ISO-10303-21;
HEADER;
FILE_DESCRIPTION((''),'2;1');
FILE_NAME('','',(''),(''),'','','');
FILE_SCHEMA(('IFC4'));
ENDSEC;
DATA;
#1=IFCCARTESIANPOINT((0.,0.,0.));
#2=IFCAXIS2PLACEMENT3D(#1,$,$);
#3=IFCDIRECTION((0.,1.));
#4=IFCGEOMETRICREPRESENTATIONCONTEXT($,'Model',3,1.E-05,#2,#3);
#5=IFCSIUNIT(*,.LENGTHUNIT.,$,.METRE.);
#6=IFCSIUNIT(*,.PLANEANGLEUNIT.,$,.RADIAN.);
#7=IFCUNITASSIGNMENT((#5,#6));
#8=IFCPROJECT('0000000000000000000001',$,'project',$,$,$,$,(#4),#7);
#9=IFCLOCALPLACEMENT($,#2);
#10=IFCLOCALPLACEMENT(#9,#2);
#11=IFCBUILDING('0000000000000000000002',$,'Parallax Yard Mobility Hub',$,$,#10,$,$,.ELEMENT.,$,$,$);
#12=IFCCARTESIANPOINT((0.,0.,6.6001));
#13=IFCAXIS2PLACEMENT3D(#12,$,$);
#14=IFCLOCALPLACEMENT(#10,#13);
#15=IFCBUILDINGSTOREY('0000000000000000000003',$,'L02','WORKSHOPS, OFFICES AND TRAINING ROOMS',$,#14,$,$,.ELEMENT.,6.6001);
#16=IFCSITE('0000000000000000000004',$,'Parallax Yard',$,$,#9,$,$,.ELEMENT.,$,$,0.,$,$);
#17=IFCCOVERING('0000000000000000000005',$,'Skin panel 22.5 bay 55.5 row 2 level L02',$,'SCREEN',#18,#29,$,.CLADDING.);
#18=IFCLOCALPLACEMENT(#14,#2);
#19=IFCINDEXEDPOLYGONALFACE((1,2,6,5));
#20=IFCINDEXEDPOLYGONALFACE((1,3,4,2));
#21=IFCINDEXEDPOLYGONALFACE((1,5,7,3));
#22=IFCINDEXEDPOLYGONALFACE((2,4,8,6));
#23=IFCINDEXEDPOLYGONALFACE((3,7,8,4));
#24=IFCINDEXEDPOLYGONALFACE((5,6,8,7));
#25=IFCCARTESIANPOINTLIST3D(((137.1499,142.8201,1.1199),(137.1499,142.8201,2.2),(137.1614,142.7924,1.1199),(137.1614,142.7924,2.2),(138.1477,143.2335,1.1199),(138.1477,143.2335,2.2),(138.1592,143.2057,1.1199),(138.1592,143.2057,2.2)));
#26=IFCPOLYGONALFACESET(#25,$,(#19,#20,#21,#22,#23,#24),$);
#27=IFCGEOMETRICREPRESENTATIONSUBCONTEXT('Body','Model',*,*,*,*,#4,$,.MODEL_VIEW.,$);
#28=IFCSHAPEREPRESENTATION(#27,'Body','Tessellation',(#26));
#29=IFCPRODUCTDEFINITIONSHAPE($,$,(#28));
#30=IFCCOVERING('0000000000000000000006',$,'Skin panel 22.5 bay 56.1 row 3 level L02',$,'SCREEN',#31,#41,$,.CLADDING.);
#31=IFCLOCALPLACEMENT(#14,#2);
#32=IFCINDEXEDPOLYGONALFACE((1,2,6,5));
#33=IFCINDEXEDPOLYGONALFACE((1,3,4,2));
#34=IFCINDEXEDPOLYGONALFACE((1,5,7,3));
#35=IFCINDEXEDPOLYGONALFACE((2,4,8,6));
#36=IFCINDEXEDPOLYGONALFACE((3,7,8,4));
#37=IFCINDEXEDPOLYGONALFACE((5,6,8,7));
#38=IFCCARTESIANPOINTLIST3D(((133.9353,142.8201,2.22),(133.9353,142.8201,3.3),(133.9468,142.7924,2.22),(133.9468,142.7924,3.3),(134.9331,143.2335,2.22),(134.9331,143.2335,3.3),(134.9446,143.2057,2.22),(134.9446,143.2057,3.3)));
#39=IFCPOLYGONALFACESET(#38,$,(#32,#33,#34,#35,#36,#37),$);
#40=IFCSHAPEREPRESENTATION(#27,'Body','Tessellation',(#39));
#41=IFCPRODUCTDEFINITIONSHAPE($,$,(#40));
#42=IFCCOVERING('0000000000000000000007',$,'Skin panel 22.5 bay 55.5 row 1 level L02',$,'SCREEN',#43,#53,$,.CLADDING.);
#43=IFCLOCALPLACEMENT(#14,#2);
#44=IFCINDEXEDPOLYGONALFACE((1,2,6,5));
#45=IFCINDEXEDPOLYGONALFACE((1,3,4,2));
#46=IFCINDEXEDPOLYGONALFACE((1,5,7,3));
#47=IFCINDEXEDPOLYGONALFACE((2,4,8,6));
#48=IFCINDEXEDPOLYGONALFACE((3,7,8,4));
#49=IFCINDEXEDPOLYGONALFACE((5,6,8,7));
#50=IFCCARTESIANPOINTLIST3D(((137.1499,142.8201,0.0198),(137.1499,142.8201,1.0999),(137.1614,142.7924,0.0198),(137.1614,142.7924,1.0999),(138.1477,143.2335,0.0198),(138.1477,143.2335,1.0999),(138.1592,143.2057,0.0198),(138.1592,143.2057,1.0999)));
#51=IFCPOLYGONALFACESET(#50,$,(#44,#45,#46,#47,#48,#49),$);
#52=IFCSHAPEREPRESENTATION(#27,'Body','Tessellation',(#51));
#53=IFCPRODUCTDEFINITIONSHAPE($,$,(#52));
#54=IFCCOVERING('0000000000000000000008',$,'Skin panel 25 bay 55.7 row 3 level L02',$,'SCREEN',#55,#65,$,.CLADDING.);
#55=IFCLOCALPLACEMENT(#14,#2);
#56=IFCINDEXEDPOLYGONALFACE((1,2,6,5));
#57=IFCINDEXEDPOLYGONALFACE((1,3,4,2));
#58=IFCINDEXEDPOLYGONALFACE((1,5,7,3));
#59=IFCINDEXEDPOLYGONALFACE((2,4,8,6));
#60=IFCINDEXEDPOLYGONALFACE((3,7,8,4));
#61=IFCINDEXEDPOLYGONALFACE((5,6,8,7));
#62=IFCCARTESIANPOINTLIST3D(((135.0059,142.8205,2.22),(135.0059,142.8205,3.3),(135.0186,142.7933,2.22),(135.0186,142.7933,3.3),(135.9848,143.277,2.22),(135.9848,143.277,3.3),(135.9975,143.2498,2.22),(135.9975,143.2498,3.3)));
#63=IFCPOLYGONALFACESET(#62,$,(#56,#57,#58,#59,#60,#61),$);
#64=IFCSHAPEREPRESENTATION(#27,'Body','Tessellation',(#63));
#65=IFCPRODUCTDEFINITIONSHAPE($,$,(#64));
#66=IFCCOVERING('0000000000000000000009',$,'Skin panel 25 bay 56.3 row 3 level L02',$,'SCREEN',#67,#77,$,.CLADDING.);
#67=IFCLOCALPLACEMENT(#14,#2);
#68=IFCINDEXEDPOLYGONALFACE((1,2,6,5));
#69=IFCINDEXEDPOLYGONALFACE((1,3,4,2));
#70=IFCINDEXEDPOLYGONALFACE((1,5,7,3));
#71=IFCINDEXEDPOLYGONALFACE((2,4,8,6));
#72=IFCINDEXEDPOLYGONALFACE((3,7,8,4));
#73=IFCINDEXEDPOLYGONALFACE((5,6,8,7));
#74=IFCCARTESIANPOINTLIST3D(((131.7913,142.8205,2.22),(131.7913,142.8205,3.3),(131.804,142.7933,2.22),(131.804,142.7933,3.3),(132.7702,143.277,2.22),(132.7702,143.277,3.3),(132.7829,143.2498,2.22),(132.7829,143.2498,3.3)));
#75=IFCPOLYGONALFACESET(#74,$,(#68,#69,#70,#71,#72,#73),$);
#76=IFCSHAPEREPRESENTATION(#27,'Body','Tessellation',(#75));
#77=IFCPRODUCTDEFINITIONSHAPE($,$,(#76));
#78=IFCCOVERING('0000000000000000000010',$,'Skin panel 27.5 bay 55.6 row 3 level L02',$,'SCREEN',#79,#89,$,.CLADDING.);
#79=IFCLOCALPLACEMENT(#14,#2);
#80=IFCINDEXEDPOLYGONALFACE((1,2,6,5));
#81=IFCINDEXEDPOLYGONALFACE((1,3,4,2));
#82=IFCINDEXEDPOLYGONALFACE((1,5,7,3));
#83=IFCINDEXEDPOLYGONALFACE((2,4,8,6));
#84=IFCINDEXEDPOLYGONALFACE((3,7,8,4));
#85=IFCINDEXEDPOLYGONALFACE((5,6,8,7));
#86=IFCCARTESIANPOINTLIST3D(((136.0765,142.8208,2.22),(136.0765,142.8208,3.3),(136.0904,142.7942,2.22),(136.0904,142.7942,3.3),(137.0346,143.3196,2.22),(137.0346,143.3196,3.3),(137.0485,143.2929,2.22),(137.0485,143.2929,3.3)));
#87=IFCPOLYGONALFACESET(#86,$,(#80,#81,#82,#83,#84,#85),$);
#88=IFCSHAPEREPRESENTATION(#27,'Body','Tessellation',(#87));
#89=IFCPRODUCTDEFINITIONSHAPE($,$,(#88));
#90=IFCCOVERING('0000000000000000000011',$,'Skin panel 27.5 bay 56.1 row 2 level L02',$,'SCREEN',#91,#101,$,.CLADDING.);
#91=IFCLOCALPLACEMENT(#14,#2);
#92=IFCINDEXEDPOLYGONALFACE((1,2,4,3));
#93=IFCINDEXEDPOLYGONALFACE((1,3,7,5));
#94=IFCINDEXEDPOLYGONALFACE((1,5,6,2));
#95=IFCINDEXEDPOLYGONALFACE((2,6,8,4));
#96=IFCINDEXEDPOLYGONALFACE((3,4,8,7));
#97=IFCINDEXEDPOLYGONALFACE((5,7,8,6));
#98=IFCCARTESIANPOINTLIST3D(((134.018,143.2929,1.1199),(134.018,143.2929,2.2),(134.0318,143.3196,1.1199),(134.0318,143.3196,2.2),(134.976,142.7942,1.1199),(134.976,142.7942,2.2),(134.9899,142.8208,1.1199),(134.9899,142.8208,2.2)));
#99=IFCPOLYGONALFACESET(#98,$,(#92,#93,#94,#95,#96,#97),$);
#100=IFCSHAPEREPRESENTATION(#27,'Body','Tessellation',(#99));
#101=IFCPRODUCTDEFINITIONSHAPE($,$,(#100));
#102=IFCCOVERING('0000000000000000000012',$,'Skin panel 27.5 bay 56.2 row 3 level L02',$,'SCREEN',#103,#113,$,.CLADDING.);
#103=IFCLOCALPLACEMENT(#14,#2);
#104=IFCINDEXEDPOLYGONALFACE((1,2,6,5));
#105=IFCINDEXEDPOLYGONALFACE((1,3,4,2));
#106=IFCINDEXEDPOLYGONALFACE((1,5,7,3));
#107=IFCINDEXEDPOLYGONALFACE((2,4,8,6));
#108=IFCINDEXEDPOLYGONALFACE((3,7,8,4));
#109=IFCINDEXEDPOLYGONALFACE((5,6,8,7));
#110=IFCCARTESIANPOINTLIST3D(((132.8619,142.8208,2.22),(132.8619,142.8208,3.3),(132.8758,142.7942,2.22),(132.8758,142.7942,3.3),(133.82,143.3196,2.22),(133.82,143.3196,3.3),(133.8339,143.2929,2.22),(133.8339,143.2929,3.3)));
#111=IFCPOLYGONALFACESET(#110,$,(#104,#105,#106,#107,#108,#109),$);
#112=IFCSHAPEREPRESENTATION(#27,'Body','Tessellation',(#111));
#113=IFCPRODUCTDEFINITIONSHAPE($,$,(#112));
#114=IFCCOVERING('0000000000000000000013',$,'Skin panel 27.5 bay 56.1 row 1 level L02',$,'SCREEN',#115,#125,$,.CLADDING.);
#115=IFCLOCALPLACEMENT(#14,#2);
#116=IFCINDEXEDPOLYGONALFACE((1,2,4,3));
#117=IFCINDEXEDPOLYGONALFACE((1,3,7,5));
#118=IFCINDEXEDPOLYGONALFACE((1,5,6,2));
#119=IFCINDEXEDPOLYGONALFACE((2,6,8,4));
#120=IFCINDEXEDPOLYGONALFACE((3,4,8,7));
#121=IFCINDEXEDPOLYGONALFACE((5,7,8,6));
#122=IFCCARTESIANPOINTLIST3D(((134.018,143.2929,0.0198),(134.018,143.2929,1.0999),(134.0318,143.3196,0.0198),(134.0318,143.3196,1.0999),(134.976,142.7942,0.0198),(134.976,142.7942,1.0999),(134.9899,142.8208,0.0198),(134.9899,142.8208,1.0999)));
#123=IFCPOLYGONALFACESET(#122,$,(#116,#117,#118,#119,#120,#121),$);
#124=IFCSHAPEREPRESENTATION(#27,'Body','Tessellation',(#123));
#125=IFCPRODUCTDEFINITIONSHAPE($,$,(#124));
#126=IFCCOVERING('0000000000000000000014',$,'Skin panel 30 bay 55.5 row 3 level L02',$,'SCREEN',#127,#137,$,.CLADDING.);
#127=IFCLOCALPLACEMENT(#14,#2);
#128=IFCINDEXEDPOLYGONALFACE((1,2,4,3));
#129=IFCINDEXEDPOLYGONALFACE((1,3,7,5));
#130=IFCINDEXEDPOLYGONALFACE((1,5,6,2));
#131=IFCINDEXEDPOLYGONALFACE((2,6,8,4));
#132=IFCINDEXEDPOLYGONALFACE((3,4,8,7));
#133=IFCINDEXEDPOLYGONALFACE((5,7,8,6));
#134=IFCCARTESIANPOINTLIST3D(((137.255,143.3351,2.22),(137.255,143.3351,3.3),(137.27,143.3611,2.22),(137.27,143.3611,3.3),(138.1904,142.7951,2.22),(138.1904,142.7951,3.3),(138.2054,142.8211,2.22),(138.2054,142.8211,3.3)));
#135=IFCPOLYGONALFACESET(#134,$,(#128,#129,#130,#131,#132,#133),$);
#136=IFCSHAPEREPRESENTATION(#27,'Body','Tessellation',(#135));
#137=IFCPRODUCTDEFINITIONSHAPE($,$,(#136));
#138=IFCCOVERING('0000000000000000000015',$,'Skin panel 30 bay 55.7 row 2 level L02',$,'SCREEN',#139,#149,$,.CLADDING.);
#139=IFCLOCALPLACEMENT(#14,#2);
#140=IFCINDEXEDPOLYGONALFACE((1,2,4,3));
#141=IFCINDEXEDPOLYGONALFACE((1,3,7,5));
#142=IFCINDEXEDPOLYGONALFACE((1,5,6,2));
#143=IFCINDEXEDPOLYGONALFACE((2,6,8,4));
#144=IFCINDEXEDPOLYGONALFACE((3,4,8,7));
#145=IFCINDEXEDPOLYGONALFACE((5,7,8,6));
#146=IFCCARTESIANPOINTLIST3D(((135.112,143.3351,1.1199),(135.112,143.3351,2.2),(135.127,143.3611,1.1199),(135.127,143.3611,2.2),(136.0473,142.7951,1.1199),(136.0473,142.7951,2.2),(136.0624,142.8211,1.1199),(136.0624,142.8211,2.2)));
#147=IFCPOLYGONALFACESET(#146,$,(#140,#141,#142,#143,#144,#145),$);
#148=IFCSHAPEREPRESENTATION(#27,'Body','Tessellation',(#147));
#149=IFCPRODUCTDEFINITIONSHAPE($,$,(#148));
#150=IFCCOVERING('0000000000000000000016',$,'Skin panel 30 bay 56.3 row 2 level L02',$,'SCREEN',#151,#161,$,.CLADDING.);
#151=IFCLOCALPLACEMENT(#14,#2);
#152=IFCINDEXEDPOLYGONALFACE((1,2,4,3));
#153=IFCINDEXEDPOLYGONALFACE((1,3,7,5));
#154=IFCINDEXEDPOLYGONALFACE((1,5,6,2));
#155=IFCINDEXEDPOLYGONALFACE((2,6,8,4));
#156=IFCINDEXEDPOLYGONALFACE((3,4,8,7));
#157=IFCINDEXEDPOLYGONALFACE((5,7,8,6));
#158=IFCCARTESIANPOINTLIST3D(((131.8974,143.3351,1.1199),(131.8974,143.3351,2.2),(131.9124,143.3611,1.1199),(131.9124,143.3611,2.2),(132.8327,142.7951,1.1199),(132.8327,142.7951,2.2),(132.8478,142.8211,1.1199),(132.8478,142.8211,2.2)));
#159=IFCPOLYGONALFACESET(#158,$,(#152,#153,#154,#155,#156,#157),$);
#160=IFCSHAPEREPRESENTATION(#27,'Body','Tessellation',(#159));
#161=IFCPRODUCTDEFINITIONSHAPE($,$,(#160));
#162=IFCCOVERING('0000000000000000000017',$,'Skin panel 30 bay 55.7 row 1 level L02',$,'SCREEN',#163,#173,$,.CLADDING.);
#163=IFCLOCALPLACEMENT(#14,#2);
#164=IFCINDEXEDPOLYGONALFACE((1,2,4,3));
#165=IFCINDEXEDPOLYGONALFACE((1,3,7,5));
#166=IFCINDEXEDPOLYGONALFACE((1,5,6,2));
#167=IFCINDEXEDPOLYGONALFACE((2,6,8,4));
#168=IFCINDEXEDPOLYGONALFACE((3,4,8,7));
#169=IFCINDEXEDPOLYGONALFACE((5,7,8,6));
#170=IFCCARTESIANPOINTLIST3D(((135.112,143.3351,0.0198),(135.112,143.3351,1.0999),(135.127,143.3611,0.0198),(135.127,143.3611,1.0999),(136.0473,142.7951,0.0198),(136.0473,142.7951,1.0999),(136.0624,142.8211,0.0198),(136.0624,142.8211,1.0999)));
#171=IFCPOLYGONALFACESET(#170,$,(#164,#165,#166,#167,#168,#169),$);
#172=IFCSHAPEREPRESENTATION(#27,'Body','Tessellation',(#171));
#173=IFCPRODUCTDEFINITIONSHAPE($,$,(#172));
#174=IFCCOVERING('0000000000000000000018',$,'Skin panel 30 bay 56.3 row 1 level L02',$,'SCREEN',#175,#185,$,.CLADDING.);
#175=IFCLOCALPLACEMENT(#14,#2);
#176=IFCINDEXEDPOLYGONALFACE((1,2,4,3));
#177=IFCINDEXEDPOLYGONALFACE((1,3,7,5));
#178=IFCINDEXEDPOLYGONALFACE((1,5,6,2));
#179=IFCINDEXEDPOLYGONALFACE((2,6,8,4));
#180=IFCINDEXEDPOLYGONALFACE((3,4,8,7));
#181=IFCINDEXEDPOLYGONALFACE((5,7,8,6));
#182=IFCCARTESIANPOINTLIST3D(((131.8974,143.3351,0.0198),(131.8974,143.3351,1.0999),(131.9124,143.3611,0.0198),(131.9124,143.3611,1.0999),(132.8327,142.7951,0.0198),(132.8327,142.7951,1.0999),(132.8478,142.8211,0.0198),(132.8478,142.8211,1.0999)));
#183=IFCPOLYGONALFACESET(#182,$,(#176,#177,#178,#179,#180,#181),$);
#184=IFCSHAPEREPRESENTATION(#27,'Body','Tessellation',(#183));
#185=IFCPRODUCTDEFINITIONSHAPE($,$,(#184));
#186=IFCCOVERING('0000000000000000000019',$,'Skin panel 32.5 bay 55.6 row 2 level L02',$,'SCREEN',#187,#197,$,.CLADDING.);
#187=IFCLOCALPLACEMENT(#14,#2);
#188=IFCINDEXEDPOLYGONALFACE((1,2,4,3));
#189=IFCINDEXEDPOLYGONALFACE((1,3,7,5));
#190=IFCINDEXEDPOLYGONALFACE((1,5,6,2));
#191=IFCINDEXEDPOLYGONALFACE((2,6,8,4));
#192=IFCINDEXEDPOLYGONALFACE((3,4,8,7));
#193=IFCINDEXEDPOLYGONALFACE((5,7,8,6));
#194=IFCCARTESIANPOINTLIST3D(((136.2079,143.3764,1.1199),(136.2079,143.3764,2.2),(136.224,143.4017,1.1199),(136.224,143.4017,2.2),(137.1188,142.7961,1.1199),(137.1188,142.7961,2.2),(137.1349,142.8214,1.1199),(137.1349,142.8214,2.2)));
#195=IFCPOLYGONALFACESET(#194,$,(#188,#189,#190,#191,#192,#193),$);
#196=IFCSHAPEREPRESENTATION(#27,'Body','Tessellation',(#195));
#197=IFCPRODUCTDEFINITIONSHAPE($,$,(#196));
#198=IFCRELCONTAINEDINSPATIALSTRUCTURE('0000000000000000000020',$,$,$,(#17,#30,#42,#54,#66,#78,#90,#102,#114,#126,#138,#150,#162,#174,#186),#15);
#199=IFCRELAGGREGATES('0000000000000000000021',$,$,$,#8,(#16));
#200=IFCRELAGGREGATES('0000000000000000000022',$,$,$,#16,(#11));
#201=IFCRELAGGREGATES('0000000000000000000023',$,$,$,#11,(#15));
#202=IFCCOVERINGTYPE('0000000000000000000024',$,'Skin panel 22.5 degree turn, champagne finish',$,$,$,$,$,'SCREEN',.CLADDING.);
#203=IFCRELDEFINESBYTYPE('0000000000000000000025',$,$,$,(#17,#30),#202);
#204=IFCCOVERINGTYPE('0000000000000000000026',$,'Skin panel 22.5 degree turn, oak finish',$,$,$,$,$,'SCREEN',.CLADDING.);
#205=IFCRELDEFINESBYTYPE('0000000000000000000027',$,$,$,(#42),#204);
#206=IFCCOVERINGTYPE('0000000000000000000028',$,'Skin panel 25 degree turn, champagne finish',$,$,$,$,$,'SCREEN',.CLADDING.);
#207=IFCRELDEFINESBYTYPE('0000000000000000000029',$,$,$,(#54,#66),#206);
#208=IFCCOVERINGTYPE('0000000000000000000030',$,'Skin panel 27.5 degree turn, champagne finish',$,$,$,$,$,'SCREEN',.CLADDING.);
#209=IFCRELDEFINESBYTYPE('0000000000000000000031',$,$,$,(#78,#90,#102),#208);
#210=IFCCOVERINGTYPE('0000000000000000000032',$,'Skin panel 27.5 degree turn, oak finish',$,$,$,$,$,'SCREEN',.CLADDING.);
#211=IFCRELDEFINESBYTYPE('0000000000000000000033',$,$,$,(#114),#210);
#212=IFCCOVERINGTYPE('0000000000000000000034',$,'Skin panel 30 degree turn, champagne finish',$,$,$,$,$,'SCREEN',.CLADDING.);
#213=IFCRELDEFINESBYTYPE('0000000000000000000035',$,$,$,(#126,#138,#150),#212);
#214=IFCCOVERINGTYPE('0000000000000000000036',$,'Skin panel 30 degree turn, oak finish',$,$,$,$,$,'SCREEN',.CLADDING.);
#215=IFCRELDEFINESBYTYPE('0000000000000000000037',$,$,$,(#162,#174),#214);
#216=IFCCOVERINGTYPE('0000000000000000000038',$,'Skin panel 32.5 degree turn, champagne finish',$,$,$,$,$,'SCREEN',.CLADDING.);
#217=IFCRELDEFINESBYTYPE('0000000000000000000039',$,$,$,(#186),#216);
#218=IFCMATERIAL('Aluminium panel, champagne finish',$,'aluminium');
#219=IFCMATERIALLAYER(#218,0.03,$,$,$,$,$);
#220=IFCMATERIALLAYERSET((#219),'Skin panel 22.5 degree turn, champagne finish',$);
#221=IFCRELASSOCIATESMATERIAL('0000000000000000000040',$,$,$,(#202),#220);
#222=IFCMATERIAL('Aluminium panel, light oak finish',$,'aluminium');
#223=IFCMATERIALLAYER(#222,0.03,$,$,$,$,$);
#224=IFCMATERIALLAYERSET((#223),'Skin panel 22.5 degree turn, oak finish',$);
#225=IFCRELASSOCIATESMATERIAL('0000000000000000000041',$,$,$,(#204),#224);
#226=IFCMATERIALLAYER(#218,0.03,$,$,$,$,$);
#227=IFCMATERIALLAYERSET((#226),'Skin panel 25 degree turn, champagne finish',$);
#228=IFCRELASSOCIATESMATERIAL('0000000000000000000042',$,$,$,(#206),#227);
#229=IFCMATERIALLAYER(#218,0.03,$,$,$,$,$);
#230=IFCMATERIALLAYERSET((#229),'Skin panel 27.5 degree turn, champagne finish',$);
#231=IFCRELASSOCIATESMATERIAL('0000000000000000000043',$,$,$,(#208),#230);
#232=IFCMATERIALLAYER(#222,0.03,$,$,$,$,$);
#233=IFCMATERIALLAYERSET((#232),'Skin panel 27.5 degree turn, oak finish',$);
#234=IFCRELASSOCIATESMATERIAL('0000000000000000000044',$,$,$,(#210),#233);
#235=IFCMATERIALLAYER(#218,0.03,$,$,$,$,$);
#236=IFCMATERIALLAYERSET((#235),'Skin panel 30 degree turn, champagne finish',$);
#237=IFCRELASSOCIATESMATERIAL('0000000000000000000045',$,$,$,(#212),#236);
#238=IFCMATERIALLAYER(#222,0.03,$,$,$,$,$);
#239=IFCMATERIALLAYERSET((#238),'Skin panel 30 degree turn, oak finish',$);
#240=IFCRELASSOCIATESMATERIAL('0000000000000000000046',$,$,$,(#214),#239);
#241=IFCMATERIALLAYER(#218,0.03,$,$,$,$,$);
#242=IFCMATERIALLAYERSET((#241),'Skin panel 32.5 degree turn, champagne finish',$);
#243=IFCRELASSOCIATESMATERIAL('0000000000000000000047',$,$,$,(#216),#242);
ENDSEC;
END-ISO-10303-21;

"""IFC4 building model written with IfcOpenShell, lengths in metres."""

from ifc_helpers import new_model, si_unit, direction, frame, origin, origin_2d, place, context, subcontext, project, spatial, rectangle, extrude, material, layer, layer_set, type_object, element, save


model = new_model("IFC4")

# Units and contexts
model_context = context("Model", 3, precision=1e-05, world=origin(), true_north=direction((0.0, 1.0)))
body_context = subcontext(model_context, "Body", "Model", "MODEL_VIEW")
ifc_project = project(units=[si_unit("LENGTHUNIT", "METRE"), si_unit("PLANEANGLEUNIT", "RADIAN")], contexts=[model_context])

# Site, building, storey
site_placement = place(None, origin())
site = spatial("IfcSite", under=ifc_project, at=site_placement, Name="Parallax Yard", CompositionType="ELEMENT", RefElevation=0.0)
building_placement = place(site_placement, origin())
building = spatial("IfcBuilding", under=site, at=building_placement, Name="Parallax Yard Mobility Hub", CompositionType="ELEMENT")
storey_placement = place(building_placement, frame((0.0, 0.0, 6.6001)))
storey = spatial("IfcBuildingStorey", under=building, at=storey_placement, Name="L02", Description="WORKSHOPS, OFFICES AND TRAINING ROOMS", CompositionType="ELEMENT", Elevation=6.6001)

# Coverings
ifc_material_1 = material(Name="Aluminium panel, champagne finish", Category="aluminium")
ifc_layer_1 = layer(ifc_material_1, 0.03)
ifc_layer_set_1 = layer_set([ifc_layer_1], Name="Skin panel 22.5 degree turn, champagne finish")
covering_type_1 = type_object("IfcCoveringType", Name="Skin panel 22.5 degree turn, champagne finish", ElementType="SCREEN", PredefinedType="CLADDING", material=ifc_layer_set_1)
for number, where, z_axis, x_axis, name in (
    (1, (137.6545, 143.0129, 1.1199), (0.0, 0.0, 1.0), (0.92388, 0.382683, 0.0), "Skin panel 22.5 bay 55.5 row 2 level L02"),
    (2, (134.4399, 143.0129, 2.22), (0.0, 0.0, 1.0), (0.92388, 0.382683, 0.0), "Skin panel 22.5 bay 56.1 row 3 level L02"),
):
    element("IfcCovering", number, at=place(storey_placement, frame(where, z_axis=z_axis, x_axis=x_axis)), inside=storey, type_object=covering_type_1, Name=name, ObjectType="SCREEN", PredefinedType="CLADDING", context=body_context, shape_type="SweptSolid", body=[
        extrude(rectangle(XDim=1.0801, YDim=0.03, at=origin_2d()), origin(), (0.0, 0.0, 1.0), 1.0801),
    ])
ifc_material_2 = material(Name="Aluminium panel, light oak finish", Category="aluminium")
ifc_layer_2 = layer(ifc_material_2, 0.03)
ifc_layer_set_2 = layer_set([ifc_layer_2], Name="Skin panel 22.5 degree turn, oak finish")
covering_type_2 = type_object("IfcCoveringType", Name="Skin panel 22.5 degree turn, oak finish", ElementType="SCREEN", PredefinedType="CLADDING", material=ifc_layer_set_2)
covering_1_placement = place(storey_placement, frame((137.6545, 143.0129, 0.0198), z_axis=(0.0, 0.0, 1.0), x_axis=(0.92388, 0.382683, 0.0)))
element("IfcCovering", 3, at=covering_1_placement, inside=storey, type_object=covering_type_2, Name="Skin panel 22.5 bay 55.5 row 1 level L02", ObjectType="SCREEN", PredefinedType="CLADDING", context=body_context, shape_type="SweptSolid", body=[
    extrude(rectangle(XDim=1.0801, YDim=0.03, at=origin_2d()), origin(), (0.0, 0.0, 1.0), 1.0801),
])
ifc_layer_3 = layer(ifc_material_1, 0.03)
ifc_layer_set_3 = layer_set([ifc_layer_3], Name="Skin panel 25 degree turn, champagne finish")
covering_type_3 = type_object("IfcCoveringType", Name="Skin panel 25 degree turn, champagne finish", ElementType="SCREEN", PredefinedType="CLADDING", material=ifc_layer_set_3)
for number, where, z_axis, x_axis, name in (
    (4, (135.5017, 143.0352, 2.22), (0.0, 0.0, 1.0), (0.906308, 0.422618, 0.0), "Skin panel 25 bay 55.7 row 3 level L02"),
    (5, (132.2871, 143.0352, 2.22), (0.0, 0.0, 1.0), (0.906308, 0.422618, 0.0), "Skin panel 25 bay 56.3 row 3 level L02"),
):
    element("IfcCovering", number, at=place(storey_placement, frame(where, z_axis=z_axis, x_axis=x_axis)), inside=storey, type_object=covering_type_3, Name=name, ObjectType="SCREEN", PredefinedType="CLADDING", context=body_context, shape_type="SweptSolid", body=[
        extrude(rectangle(XDim=1.0801, YDim=0.03, at=origin_2d()), origin(), (0.0, 0.0, 1.0), 1.0801),
    ])
ifc_layer_4 = layer(ifc_material_1, 0.03)
ifc_layer_set_4 = layer_set([ifc_layer_4], Name="Skin panel 27.5 degree turn, champagne finish")
covering_type_4 = type_object("IfcCoveringType", Name="Skin panel 27.5 degree turn, champagne finish", ElementType="SCREEN", PredefinedType="CLADDING", material=ifc_layer_set_4)
for number, where, z_axis, x_axis, name in (
    (6, (136.5625, 143.0569, 2.22), (0.0, 0.0, 1.0), (0.887011, 0.461749, 0.0), "Skin panel 27.5 bay 55.6 row 3 level L02"),
    (7, (134.5039, 143.0569, 1.1199), (0.0, 0.0, 1.0), (-0.887011, 0.461749, 0.0), "Skin panel 27.5 bay 56.1 row 2 level L02"),
    (8, (133.3479, 143.0569, 2.22), (0.0, 0.0, 1.0), (0.887011, 0.461749, 0.0), "Skin panel 27.5 bay 56.2 row 3 level L02"),
):
    element("IfcCovering", number, at=place(storey_placement, frame(where, z_axis=z_axis, x_axis=x_axis)), inside=storey, type_object=covering_type_4, Name=name, ObjectType="SCREEN", PredefinedType="CLADDING", context=body_context, shape_type="SweptSolid", body=[
        extrude(rectangle(XDim=1.0801, YDim=0.03, at=origin_2d()), origin(), (0.0, 0.0, 1.0), 1.0801),
    ])
ifc_layer_5 = layer(ifc_material_2, 0.03)
ifc_layer_set_5 = layer_set([ifc_layer_5], Name="Skin panel 27.5 degree turn, oak finish")
covering_type_5 = type_object("IfcCoveringType", Name="Skin panel 27.5 degree turn, oak finish", ElementType="SCREEN", PredefinedType="CLADDING", material=ifc_layer_set_5)
covering_2_placement = place(storey_placement, frame((134.5039, 143.0569, 0.0198), z_axis=(0.0, 0.0, 1.0), x_axis=(-0.887011, 0.461749, 0.0)))
element("IfcCovering", 9, at=covering_2_placement, inside=storey, type_object=covering_type_5, Name="Skin panel 27.5 bay 56.1 row 1 level L02", ObjectType="SCREEN", PredefinedType="CLADDING", context=body_context, shape_type="SweptSolid", body=[
    extrude(rectangle(XDim=1.0801, YDim=0.03, at=origin_2d()), origin(), (0.0, 0.0, 1.0), 1.0801),
])
ifc_layer_6 = layer(ifc_material_1, 0.03)
ifc_layer_set_6 = layer_set([ifc_layer_6], Name="Skin panel 30 degree turn, champagne finish")
covering_type_6 = type_object("IfcCoveringType", Name="Skin panel 30 degree turn, champagne finish", ElementType="SCREEN", PredefinedType="CLADDING", material=ifc_layer_set_6)
for number, where, z_axis, x_axis, name in (
    (10, (137.7302, 143.0781, 2.22), (0.0, 0.0, 1.0), (-0.866025, 0.5, 0.0), "Skin panel 30 bay 55.5 row 3 level L02"),
    (11, (135.5872, 143.0781, 1.1199), (0.0, 0.0, 1.0), (-0.866025, 0.5, 0.0), "Skin panel 30 bay 55.7 row 2 level L02"),
    (12, (132.3726, 143.0781, 1.1199), (0.0, 0.0, 1.0), (-0.866025, 0.5, 0.0), "Skin panel 30 bay 56.3 row 2 level L02"),
):
    element("IfcCovering", number, at=place(storey_placement, frame(where, z_axis=z_axis, x_axis=x_axis)), inside=storey, type_object=covering_type_6, Name=name, ObjectType="SCREEN", PredefinedType="CLADDING", context=body_context, shape_type="SweptSolid", body=[
        extrude(rectangle(XDim=1.0801, YDim=0.03, at=origin_2d()), origin(), (0.0, 0.0, 1.0), 1.0801),
    ])
ifc_layer_7 = layer(ifc_material_2, 0.03)
ifc_layer_set_7 = layer_set([ifc_layer_7], Name="Skin panel 30 degree turn, oak finish")
covering_type_7 = type_object("IfcCoveringType", Name="Skin panel 30 degree turn, oak finish", ElementType="SCREEN", PredefinedType="CLADDING", material=ifc_layer_set_7)
for number, where, z_axis, x_axis, name in (
    (13, (135.5872, 143.0781, 0.0198), (0.0, 0.0, 1.0), (-0.866025, 0.5, 0.0), "Skin panel 30 bay 55.7 row 1 level L02"),
    (14, (132.3726, 143.0781, 0.0198), (0.0, 0.0, 1.0), (-0.866025, 0.5, 0.0), "Skin panel 30 bay 56.3 row 1 level L02"),
):
    element("IfcCovering", number, at=place(storey_placement, frame(where, z_axis=z_axis, x_axis=x_axis)), inside=storey, type_object=covering_type_7, Name=name, ObjectType="SCREEN", PredefinedType="CLADDING", context=body_context, shape_type="SweptSolid", body=[
        extrude(rectangle(XDim=1.0801, YDim=0.03, at=origin_2d()), origin(), (0.0, 0.0, 1.0), 1.0801),
    ])
ifc_layer_8 = layer(ifc_material_1, 0.03)
ifc_layer_set_8 = layer_set([ifc_layer_8], Name="Skin panel 32.5 degree turn, champagne finish")
covering_type_8 = type_object("IfcCoveringType", Name="Skin panel 32.5 degree turn, champagne finish", ElementType="SCREEN", PredefinedType="CLADDING", material=ifc_layer_set_8)
for number, where, z_axis, x_axis, name in (
    (15, (136.6714, 143.0989, 1.1199), (0.0, 0.0, 1.0), (-0.843391, 0.5373, 0.0), "Skin panel 32.5 bay 55.6 row 2 level L02"),
):
    element("IfcCovering", number, at=place(storey_placement, frame(where, z_axis=z_axis, x_axis=x_axis)), inside=storey, type_object=covering_type_8, Name=name, ObjectType="SCREEN", PredefinedType="CLADDING", context=body_context, shape_type="SweptSolid", body=[
        extrude(rectangle(XDim=1.0801, YDim=0.03, at=origin_2d()), origin(), (0.0, 0.0, 1.0), 1.0801),
    ])

save(model, "model.ifc")
